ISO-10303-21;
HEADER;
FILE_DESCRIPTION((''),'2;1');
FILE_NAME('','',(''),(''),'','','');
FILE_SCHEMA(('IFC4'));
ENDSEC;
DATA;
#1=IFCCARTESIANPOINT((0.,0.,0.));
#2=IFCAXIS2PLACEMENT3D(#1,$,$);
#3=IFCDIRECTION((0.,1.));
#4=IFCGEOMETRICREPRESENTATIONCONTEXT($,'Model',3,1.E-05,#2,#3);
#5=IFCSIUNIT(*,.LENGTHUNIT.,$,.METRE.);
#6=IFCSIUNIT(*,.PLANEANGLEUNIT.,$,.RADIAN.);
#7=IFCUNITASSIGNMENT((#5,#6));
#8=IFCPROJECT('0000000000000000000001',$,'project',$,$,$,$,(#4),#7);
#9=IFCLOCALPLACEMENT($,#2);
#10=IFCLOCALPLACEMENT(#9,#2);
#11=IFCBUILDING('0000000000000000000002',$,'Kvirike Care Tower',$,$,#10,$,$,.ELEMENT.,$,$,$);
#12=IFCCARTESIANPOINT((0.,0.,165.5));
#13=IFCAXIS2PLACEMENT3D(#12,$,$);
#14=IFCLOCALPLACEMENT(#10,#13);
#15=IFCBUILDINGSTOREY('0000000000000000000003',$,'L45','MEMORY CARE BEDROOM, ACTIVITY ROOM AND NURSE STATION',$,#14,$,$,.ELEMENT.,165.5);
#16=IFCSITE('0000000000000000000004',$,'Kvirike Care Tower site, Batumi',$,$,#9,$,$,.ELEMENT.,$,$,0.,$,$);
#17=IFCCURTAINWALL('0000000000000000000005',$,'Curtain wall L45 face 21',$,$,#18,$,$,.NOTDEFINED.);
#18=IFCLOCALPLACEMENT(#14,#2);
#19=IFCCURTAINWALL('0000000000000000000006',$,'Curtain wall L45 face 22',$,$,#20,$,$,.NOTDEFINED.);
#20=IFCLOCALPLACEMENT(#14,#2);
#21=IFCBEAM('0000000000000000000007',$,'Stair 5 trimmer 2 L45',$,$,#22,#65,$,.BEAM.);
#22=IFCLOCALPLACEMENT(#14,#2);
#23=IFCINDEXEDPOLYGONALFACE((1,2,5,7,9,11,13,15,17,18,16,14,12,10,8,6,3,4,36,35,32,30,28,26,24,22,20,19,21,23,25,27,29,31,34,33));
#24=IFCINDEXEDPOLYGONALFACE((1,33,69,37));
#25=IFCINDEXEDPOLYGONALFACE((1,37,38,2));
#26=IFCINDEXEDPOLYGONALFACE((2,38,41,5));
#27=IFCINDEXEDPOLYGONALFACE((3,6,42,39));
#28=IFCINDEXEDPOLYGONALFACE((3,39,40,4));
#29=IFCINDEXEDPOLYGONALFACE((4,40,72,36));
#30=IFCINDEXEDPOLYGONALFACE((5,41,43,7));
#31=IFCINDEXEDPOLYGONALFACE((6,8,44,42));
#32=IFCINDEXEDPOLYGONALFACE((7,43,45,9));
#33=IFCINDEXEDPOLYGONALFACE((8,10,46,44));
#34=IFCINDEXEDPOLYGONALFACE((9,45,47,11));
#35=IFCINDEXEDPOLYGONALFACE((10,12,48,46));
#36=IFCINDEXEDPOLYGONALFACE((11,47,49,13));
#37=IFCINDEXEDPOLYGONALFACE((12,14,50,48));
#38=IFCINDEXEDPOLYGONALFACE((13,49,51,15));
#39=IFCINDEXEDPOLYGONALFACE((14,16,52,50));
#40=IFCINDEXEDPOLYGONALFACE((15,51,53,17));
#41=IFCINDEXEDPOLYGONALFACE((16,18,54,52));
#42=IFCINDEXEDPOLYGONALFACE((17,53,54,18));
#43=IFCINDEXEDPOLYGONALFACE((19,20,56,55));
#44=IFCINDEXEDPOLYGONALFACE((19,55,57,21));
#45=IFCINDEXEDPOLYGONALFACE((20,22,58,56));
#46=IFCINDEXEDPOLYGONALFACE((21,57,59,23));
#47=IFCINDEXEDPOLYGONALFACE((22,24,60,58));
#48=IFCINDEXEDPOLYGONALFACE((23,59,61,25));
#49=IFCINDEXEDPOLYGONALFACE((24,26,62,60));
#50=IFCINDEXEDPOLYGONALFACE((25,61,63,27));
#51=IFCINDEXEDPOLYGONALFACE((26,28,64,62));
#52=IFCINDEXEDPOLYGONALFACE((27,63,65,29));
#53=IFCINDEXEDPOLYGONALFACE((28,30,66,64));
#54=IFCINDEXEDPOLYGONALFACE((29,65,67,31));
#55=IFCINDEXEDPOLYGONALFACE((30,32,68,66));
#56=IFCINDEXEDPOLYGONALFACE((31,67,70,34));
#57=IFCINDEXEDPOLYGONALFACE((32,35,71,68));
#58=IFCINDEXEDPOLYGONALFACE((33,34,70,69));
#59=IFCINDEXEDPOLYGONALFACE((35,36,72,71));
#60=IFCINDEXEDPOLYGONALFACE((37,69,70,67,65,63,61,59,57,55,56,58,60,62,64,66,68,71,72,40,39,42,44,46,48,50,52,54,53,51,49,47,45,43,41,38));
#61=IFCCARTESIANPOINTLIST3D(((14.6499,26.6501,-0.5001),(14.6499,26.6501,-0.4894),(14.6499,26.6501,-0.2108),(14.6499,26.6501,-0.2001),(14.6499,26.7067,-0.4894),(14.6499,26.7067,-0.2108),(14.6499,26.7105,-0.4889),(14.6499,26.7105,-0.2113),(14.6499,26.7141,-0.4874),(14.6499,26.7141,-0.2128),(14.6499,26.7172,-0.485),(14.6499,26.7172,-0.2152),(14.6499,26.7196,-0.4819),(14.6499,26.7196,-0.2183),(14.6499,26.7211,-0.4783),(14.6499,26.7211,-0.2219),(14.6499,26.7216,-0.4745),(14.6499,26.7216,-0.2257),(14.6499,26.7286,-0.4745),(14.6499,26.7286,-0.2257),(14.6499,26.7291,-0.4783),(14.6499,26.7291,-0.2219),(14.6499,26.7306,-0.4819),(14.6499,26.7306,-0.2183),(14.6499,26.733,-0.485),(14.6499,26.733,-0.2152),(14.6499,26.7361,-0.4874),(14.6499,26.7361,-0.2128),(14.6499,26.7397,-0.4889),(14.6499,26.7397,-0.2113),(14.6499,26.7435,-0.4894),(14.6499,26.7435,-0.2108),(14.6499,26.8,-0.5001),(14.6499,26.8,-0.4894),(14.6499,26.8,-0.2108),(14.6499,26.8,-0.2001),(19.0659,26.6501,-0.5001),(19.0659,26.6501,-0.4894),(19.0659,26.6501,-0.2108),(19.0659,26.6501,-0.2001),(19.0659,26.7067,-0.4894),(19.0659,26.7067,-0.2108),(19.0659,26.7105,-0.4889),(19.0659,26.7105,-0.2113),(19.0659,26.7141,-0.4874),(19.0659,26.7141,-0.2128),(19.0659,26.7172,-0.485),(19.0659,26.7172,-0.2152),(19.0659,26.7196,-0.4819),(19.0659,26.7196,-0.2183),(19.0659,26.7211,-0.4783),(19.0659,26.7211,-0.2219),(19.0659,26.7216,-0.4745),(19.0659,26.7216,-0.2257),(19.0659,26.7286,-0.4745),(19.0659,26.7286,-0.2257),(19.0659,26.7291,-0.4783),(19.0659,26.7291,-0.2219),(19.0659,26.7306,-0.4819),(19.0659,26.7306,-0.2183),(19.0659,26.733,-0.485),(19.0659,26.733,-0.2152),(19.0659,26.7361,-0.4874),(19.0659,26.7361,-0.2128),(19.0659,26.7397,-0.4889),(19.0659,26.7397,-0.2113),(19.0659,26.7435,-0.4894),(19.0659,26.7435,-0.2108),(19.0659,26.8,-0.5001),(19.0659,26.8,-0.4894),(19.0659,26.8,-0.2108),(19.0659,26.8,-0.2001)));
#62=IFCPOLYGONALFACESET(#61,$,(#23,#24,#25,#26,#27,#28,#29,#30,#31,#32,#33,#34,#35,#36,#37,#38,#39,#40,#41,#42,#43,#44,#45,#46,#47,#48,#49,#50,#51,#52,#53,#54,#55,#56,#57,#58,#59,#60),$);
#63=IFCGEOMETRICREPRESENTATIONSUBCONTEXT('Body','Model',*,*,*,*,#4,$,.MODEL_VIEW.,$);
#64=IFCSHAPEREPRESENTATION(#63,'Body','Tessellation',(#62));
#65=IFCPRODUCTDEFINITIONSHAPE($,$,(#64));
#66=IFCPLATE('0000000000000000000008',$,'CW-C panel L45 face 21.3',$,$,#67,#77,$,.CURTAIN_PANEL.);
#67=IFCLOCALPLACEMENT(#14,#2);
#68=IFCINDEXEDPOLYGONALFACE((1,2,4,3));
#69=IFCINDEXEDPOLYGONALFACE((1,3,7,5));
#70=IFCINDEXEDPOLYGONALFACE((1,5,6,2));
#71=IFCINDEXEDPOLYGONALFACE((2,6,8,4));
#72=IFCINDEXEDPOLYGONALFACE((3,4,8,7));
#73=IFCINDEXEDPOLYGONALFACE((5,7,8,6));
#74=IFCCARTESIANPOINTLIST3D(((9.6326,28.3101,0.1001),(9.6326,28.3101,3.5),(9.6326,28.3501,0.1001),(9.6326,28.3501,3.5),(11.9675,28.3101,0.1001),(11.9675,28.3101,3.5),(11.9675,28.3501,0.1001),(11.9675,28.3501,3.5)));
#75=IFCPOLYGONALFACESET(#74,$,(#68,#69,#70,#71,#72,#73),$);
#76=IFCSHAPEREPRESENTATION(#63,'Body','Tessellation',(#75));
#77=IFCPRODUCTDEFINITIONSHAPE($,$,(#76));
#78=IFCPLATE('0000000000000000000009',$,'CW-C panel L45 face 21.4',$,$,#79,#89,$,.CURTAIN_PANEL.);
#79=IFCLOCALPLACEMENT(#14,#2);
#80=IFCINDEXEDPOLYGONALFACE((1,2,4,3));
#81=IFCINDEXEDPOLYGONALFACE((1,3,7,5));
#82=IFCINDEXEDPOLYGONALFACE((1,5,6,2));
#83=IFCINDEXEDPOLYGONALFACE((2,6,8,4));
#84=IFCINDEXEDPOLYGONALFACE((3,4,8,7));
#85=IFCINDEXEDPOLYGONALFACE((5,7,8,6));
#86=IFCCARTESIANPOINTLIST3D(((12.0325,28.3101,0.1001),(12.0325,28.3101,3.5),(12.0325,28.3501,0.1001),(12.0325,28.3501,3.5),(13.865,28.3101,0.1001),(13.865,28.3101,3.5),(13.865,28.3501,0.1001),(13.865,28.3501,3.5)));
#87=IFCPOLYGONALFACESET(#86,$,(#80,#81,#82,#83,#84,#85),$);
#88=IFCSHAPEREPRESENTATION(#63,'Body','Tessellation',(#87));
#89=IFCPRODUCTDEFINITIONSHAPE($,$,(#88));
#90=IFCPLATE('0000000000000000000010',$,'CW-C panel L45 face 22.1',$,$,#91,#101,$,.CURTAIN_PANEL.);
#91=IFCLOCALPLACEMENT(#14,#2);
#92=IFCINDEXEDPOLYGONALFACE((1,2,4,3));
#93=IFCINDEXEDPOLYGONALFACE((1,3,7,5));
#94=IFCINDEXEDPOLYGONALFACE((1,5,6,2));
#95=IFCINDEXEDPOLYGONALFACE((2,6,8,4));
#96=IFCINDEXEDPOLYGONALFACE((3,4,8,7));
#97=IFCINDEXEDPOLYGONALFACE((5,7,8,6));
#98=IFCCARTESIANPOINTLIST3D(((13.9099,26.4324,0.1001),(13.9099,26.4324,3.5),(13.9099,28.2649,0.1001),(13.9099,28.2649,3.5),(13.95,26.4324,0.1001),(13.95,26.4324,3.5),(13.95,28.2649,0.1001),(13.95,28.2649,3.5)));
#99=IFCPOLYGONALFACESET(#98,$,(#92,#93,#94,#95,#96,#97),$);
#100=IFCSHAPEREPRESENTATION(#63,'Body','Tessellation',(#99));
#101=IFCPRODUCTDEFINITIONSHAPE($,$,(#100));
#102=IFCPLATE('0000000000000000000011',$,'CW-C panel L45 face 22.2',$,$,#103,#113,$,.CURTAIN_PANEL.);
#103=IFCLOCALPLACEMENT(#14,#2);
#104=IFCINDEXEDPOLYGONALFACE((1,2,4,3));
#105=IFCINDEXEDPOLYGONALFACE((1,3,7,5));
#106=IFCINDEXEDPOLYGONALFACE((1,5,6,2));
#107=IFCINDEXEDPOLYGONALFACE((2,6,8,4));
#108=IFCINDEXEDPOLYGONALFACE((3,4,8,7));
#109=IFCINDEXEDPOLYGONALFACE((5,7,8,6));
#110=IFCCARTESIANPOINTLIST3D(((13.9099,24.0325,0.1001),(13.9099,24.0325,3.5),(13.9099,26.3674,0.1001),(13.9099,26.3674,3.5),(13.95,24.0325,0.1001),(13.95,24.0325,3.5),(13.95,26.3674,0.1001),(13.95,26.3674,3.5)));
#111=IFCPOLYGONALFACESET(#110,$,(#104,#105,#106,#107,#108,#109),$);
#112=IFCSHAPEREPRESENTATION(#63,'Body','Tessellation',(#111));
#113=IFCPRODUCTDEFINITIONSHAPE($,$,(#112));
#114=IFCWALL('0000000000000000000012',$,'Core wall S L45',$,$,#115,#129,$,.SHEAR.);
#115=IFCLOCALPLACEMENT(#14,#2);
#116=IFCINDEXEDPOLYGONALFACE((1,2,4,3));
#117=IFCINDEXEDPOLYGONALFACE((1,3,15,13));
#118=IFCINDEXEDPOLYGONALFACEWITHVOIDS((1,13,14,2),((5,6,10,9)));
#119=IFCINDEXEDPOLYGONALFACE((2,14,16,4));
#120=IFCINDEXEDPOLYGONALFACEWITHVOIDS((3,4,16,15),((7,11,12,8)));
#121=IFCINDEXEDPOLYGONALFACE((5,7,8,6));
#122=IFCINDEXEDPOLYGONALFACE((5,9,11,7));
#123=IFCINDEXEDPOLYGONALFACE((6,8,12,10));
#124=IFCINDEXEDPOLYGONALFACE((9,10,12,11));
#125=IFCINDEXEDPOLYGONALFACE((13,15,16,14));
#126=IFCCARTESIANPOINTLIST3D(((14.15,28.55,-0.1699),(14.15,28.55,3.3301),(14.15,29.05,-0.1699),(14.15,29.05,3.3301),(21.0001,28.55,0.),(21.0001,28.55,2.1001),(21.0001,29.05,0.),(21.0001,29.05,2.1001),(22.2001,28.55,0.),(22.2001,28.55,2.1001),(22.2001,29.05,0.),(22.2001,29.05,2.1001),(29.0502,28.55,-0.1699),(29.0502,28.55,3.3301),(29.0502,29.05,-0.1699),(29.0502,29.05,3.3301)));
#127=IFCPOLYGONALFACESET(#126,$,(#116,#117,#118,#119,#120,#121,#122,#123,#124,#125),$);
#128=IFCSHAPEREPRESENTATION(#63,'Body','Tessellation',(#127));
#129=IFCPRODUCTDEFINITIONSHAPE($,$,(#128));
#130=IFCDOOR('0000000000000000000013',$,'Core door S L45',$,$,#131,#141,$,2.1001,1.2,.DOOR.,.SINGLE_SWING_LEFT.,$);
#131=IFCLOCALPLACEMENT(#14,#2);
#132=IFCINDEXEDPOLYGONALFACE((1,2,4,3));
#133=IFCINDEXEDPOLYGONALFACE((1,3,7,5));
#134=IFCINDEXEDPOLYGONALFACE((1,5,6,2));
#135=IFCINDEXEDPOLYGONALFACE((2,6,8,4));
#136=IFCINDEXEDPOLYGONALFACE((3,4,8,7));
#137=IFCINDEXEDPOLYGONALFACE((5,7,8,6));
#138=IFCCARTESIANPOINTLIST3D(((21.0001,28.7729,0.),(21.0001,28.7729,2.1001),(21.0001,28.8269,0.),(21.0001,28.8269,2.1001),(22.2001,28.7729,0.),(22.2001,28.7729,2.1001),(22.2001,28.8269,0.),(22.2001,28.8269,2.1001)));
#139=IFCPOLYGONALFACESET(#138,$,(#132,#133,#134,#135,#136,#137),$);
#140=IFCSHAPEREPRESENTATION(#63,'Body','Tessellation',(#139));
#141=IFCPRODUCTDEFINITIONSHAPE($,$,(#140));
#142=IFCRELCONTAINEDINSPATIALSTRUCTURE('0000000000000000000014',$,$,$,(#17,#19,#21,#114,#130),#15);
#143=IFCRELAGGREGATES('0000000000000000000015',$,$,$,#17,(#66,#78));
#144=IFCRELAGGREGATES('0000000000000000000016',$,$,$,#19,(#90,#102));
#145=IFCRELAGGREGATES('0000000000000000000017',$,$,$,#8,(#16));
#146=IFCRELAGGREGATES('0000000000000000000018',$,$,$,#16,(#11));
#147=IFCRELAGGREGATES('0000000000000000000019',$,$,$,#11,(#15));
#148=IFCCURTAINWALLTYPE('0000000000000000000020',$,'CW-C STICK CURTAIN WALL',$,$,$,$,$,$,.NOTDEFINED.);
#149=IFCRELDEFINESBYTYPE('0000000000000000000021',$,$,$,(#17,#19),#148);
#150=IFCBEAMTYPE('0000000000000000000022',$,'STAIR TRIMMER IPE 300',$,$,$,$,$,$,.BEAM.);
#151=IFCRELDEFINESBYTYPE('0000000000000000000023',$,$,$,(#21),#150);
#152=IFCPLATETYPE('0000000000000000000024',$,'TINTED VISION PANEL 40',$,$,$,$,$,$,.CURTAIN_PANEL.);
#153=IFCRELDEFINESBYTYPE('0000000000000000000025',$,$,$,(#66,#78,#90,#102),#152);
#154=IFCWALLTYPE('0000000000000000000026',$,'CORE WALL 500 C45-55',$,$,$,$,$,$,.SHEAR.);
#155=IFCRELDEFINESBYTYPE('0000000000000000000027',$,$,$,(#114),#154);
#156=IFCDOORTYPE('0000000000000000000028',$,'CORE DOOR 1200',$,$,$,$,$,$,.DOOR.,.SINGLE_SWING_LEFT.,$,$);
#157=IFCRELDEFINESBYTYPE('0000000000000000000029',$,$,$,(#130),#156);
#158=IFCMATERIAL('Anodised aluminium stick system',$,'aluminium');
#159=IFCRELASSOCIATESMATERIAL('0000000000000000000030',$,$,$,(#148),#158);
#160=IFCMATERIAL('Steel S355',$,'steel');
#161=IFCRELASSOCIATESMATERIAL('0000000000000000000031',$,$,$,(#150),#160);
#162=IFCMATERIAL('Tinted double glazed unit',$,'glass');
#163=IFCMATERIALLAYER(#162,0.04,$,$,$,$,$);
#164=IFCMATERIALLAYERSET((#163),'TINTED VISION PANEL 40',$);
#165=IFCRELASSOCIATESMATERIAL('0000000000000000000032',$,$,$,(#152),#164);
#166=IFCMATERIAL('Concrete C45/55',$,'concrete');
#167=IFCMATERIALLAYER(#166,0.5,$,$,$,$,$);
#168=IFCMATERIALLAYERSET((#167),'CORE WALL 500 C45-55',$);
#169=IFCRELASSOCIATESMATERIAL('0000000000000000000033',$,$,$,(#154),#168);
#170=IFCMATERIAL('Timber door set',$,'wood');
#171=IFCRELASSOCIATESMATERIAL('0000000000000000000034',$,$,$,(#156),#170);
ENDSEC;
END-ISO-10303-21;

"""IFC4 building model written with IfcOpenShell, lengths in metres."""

from ifc_helpers import new_model, si_unit, direction, frame, frame_2d, origin, origin_2d, place, context, subcontext, project, spatial, rectangle, i_section, extrude, material, layer, layer_set, material_profile, profile_set, type_object, element, fill, aggregate, save


model = new_model("IFC4")

# Units and contexts
model_context = context("Model", 3, precision=1e-05, world=origin(), true_north=direction((0.0, 1.0)))
body_context = subcontext(model_context, "Body", "Model", "MODEL_VIEW")
ifc_project = project(units=[si_unit("LENGTHUNIT", "METRE"), si_unit("PLANEANGLEUNIT", "RADIAN")], contexts=[model_context])

# Site, building, storey
site_placement = place(None, origin())
site = spatial("IfcSite", under=ifc_project, at=site_placement, Name="Kvirike Care Tower site, Batumi", CompositionType="ELEMENT", RefElevation=0.0)
building_placement = place(site_placement, origin())
building = spatial("IfcBuilding", under=site, at=building_placement, Name="Kvirike Care Tower", CompositionType="ELEMENT")
storey_placement = place(building_placement, frame((0.0, 0.0, 165.5)))
storey = spatial("IfcBuildingStorey", under=building, at=storey_placement, Name="L45", Description="MEMORY CARE BEDROOM, ACTIVITY ROOM AND NURSE STATION", CompositionType="ELEMENT", Elevation=165.5)

# Curtain walls
ifc_material_1 = material(Name="Anodised aluminium stick system", Category="aluminium")
curtain_wall_type = type_object("IfcCurtainWallType", Name="CW-C STICK CURTAIN WALL", PredefinedType="NOTDEFINED", material=ifc_material_1)
curtain_wall_1_placement = place(storey_placement, origin())
curtain_wall_1 = element("IfcCurtainWall", 1, at=curtain_wall_1_placement, inside=storey, type_object=curtain_wall_type, Name="Curtain wall L45 face 21", PredefinedType="NOTDEFINED")
curtain_wall_2_placement = place(storey_placement, origin())
curtain_wall_2 = element("IfcCurtainWall", 2, at=curtain_wall_2_placement, inside=storey, type_object=curtain_wall_type, Name="Curtain wall L45 face 22", PredefinedType="NOTDEFINED")

# Beam
ifc_material_2 = material(Name="Steel S355", Category="steel")
ifc_material_profile_1 = material_profile(ifc_material_2, i_section(OverallWidth=0.1499, OverallDepth=0.3, WebThickness=0.0071, FlangeThickness=0.0107, FilletRadius=0.0149, at=origin_2d()), Name="IPE 300")
ifc_profile_set_1 = profile_set([ifc_material_profile_1], Name="Steel S355")
beam_type_1 = type_object("IfcBeamType", Name="STAIR TRIMMER IPE 300", PredefinedType="BEAM", material=ifc_profile_set_1)
for number, where, z_axis, x_axis, name in (
    (3, (14.6499, 26.7251, -0.3501), (1.0, 0.0, 0.0), (0.0, 1.0, 0.0), "Stair 5 trimmer 2 L45"),
):
    element("IfcBeam", number, at=place(storey_placement, frame(where, z_axis=z_axis, x_axis=x_axis)), inside=storey, type_object=beam_type_1, Name=name, PredefinedType="BEAM", context=body_context, shape_type="SweptSolid", body=[
        extrude(i_section(OverallWidth=0.1499, OverallDepth=0.3, WebThickness=0.0071, FlangeThickness=0.0107, FilletRadius=0.0149, at=origin_2d()), origin(), (0.0, 0.0, 1.0), 4.416),
    ])

# Plates
ifc_material_3 = material(Name="Tinted double glazed unit", Category="glass")
ifc_layer_1 = layer(ifc_material_3, 0.04)
ifc_layer_set_1 = layer_set([ifc_layer_1], Name="TINTED VISION PANEL 40")
plate_type = type_object("IfcPlateType", Name="TINTED VISION PANEL 40", PredefinedType="CURTAIN_PANEL", material=ifc_layer_set_1)
plate_1_placement = place(storey_placement, frame((10.8, 28.3301, 0.1001), z_axis=(0.0, 0.0, 1.0), x_axis=(1.0, 0.0, 0.0)))
plate_1 = element("IfcPlate", 4, at=plate_1_placement, type_object=plate_type, Name="CW-C panel L45 face 21.3", PredefinedType="CURTAIN_PANEL", context=body_context, shape_type="SweptSolid", body=[
    extrude(rectangle(XDim=2.335, YDim=0.04, at=origin_2d()), origin(), (0.0, 0.0, 1.0), 3.3999),
])
plate_2_placement = place(storey_placement, frame((12.9487, 28.3301, 0.1001), z_axis=(0.0, 0.0, 1.0), x_axis=(1.0, 0.0, 0.0)))
plate_2 = element("IfcPlate", 5, at=plate_2_placement, type_object=plate_type, Name="CW-C panel L45 face 21.4", PredefinedType="CURTAIN_PANEL", context=body_context, shape_type="SweptSolid", body=[
    extrude(rectangle(XDim=1.8325, YDim=0.04, at=origin_2d()), origin(), (0.0, 0.0, 1.0), 3.3999),
])
aggregate(curtain_wall_1, [plate_1, plate_2])
plate_3_placement = place(storey_placement, frame((13.9299, 27.3486, 0.1001), z_axis=(0.0, 0.0, 1.0), x_axis=(0.0, -1.0, 0.0)))
plate_3 = element("IfcPlate", 6, at=plate_3_placement, type_object=plate_type, Name="CW-C panel L45 face 22.1", PredefinedType="CURTAIN_PANEL", context=body_context, shape_type="SweptSolid", body=[
    extrude(rectangle(XDim=1.8325, YDim=0.04, at=origin_2d()), origin(), (0.0, 0.0, 1.0), 3.3999),
])
plate_4_placement = place(storey_placement, frame((13.9299, 25.2, 0.1001), z_axis=(0.0, 0.0, 1.0), x_axis=(0.0, -1.0, 0.0)))
plate_4 = element("IfcPlate", 7, at=plate_4_placement, type_object=plate_type, Name="CW-C panel L45 face 22.2", PredefinedType="CURTAIN_PANEL", context=body_context, shape_type="SweptSolid", body=[
    extrude(rectangle(XDim=2.335, YDim=0.04, at=origin_2d()), origin(), (0.0, 0.0, 1.0), 3.3999),
])
aggregate(curtain_wall_2, [plate_3, plate_4])

# Wall, opening, door
ifc_material_4 = material(Name="Concrete C45/55", Category="concrete")
ifc_layer_2 = layer(ifc_material_4, 0.5)
ifc_layer_set_2 = layer_set([ifc_layer_2], Name="CORE WALL 500 C45-55")
wall_type_1 = type_object("IfcWallType", Name="CORE WALL 500 C45-55", PredefinedType="SHEAR", material=ifc_layer_set_2)
wall_1_placement = place(storey_placement, frame((14.1499, 28.8, -0.1699), z_axis=(0.0, 0.0, 1.0), x_axis=(1.0, 0.0, 0.0)))
wall_1 = element("IfcWall", 8, at=wall_1_placement, inside=storey, type_object=wall_type_1, Name="Core wall S L45", PredefinedType="SHEAR", context=body_context, shape_type="SweptSolid", body=[
    extrude(rectangle(XDim=14.9001, YDim=0.5, at=frame_2d((7.4502, 0.0))), origin(), (0.0, 0.0, 1.0), 3.5),
])
opening_1_placement = place(wall_1_placement, frame((6.8501, 0.0, 0.1699)))
opening_1 = element("IfcOpeningElement", 9, at=opening_1_placement, cuts=wall_1, PredefinedType="OPENING", context=body_context, shape_type="SweptSolid", body=[
    extrude(rectangle(XDim=1.2, YDim=2.1001, at=frame_2d((0.6001, 1.05))), frame((0.0, 0.2605, 0.0), z_axis=(0.0, -1.0, 0.0), x_axis=(1.0, 0.0, 0.0)), (0.0, 0.0, 1.0), 0.521),
])
ifc_material_5 = material(Name="Timber door set", Category="wood")
door_type_1 = type_object("IfcDoorType", Name="CORE DOOR 1200", OperationType="SINGLE_SWING_LEFT", PredefinedType="DOOR", material=ifc_material_5)
door_1_placement = place(opening_1_placement, origin())
door_1 = element("IfcDoor", 10, at=door_1_placement, inside=storey, type_object=door_type_1, Name="Core door S L45", OperationType="SINGLE_SWING_LEFT", OverallHeight=2.1001, OverallWidth=1.2, PredefinedType="DOOR", context=body_context, shape_type="SweptSolid", body=[
    extrude(rectangle(XDim=1.2, YDim=2.1001, at=frame_2d((0.6001, 1.05))), frame((0.0, 0.0269, 0.0), z_axis=(0.0, -1.0, 0.0), x_axis=(1.0, 0.0, 0.0)), (0.0, 0.0, 1.0), 0.054),
])
fill(opening_1, door_1)

save(model, "model.ifc")
